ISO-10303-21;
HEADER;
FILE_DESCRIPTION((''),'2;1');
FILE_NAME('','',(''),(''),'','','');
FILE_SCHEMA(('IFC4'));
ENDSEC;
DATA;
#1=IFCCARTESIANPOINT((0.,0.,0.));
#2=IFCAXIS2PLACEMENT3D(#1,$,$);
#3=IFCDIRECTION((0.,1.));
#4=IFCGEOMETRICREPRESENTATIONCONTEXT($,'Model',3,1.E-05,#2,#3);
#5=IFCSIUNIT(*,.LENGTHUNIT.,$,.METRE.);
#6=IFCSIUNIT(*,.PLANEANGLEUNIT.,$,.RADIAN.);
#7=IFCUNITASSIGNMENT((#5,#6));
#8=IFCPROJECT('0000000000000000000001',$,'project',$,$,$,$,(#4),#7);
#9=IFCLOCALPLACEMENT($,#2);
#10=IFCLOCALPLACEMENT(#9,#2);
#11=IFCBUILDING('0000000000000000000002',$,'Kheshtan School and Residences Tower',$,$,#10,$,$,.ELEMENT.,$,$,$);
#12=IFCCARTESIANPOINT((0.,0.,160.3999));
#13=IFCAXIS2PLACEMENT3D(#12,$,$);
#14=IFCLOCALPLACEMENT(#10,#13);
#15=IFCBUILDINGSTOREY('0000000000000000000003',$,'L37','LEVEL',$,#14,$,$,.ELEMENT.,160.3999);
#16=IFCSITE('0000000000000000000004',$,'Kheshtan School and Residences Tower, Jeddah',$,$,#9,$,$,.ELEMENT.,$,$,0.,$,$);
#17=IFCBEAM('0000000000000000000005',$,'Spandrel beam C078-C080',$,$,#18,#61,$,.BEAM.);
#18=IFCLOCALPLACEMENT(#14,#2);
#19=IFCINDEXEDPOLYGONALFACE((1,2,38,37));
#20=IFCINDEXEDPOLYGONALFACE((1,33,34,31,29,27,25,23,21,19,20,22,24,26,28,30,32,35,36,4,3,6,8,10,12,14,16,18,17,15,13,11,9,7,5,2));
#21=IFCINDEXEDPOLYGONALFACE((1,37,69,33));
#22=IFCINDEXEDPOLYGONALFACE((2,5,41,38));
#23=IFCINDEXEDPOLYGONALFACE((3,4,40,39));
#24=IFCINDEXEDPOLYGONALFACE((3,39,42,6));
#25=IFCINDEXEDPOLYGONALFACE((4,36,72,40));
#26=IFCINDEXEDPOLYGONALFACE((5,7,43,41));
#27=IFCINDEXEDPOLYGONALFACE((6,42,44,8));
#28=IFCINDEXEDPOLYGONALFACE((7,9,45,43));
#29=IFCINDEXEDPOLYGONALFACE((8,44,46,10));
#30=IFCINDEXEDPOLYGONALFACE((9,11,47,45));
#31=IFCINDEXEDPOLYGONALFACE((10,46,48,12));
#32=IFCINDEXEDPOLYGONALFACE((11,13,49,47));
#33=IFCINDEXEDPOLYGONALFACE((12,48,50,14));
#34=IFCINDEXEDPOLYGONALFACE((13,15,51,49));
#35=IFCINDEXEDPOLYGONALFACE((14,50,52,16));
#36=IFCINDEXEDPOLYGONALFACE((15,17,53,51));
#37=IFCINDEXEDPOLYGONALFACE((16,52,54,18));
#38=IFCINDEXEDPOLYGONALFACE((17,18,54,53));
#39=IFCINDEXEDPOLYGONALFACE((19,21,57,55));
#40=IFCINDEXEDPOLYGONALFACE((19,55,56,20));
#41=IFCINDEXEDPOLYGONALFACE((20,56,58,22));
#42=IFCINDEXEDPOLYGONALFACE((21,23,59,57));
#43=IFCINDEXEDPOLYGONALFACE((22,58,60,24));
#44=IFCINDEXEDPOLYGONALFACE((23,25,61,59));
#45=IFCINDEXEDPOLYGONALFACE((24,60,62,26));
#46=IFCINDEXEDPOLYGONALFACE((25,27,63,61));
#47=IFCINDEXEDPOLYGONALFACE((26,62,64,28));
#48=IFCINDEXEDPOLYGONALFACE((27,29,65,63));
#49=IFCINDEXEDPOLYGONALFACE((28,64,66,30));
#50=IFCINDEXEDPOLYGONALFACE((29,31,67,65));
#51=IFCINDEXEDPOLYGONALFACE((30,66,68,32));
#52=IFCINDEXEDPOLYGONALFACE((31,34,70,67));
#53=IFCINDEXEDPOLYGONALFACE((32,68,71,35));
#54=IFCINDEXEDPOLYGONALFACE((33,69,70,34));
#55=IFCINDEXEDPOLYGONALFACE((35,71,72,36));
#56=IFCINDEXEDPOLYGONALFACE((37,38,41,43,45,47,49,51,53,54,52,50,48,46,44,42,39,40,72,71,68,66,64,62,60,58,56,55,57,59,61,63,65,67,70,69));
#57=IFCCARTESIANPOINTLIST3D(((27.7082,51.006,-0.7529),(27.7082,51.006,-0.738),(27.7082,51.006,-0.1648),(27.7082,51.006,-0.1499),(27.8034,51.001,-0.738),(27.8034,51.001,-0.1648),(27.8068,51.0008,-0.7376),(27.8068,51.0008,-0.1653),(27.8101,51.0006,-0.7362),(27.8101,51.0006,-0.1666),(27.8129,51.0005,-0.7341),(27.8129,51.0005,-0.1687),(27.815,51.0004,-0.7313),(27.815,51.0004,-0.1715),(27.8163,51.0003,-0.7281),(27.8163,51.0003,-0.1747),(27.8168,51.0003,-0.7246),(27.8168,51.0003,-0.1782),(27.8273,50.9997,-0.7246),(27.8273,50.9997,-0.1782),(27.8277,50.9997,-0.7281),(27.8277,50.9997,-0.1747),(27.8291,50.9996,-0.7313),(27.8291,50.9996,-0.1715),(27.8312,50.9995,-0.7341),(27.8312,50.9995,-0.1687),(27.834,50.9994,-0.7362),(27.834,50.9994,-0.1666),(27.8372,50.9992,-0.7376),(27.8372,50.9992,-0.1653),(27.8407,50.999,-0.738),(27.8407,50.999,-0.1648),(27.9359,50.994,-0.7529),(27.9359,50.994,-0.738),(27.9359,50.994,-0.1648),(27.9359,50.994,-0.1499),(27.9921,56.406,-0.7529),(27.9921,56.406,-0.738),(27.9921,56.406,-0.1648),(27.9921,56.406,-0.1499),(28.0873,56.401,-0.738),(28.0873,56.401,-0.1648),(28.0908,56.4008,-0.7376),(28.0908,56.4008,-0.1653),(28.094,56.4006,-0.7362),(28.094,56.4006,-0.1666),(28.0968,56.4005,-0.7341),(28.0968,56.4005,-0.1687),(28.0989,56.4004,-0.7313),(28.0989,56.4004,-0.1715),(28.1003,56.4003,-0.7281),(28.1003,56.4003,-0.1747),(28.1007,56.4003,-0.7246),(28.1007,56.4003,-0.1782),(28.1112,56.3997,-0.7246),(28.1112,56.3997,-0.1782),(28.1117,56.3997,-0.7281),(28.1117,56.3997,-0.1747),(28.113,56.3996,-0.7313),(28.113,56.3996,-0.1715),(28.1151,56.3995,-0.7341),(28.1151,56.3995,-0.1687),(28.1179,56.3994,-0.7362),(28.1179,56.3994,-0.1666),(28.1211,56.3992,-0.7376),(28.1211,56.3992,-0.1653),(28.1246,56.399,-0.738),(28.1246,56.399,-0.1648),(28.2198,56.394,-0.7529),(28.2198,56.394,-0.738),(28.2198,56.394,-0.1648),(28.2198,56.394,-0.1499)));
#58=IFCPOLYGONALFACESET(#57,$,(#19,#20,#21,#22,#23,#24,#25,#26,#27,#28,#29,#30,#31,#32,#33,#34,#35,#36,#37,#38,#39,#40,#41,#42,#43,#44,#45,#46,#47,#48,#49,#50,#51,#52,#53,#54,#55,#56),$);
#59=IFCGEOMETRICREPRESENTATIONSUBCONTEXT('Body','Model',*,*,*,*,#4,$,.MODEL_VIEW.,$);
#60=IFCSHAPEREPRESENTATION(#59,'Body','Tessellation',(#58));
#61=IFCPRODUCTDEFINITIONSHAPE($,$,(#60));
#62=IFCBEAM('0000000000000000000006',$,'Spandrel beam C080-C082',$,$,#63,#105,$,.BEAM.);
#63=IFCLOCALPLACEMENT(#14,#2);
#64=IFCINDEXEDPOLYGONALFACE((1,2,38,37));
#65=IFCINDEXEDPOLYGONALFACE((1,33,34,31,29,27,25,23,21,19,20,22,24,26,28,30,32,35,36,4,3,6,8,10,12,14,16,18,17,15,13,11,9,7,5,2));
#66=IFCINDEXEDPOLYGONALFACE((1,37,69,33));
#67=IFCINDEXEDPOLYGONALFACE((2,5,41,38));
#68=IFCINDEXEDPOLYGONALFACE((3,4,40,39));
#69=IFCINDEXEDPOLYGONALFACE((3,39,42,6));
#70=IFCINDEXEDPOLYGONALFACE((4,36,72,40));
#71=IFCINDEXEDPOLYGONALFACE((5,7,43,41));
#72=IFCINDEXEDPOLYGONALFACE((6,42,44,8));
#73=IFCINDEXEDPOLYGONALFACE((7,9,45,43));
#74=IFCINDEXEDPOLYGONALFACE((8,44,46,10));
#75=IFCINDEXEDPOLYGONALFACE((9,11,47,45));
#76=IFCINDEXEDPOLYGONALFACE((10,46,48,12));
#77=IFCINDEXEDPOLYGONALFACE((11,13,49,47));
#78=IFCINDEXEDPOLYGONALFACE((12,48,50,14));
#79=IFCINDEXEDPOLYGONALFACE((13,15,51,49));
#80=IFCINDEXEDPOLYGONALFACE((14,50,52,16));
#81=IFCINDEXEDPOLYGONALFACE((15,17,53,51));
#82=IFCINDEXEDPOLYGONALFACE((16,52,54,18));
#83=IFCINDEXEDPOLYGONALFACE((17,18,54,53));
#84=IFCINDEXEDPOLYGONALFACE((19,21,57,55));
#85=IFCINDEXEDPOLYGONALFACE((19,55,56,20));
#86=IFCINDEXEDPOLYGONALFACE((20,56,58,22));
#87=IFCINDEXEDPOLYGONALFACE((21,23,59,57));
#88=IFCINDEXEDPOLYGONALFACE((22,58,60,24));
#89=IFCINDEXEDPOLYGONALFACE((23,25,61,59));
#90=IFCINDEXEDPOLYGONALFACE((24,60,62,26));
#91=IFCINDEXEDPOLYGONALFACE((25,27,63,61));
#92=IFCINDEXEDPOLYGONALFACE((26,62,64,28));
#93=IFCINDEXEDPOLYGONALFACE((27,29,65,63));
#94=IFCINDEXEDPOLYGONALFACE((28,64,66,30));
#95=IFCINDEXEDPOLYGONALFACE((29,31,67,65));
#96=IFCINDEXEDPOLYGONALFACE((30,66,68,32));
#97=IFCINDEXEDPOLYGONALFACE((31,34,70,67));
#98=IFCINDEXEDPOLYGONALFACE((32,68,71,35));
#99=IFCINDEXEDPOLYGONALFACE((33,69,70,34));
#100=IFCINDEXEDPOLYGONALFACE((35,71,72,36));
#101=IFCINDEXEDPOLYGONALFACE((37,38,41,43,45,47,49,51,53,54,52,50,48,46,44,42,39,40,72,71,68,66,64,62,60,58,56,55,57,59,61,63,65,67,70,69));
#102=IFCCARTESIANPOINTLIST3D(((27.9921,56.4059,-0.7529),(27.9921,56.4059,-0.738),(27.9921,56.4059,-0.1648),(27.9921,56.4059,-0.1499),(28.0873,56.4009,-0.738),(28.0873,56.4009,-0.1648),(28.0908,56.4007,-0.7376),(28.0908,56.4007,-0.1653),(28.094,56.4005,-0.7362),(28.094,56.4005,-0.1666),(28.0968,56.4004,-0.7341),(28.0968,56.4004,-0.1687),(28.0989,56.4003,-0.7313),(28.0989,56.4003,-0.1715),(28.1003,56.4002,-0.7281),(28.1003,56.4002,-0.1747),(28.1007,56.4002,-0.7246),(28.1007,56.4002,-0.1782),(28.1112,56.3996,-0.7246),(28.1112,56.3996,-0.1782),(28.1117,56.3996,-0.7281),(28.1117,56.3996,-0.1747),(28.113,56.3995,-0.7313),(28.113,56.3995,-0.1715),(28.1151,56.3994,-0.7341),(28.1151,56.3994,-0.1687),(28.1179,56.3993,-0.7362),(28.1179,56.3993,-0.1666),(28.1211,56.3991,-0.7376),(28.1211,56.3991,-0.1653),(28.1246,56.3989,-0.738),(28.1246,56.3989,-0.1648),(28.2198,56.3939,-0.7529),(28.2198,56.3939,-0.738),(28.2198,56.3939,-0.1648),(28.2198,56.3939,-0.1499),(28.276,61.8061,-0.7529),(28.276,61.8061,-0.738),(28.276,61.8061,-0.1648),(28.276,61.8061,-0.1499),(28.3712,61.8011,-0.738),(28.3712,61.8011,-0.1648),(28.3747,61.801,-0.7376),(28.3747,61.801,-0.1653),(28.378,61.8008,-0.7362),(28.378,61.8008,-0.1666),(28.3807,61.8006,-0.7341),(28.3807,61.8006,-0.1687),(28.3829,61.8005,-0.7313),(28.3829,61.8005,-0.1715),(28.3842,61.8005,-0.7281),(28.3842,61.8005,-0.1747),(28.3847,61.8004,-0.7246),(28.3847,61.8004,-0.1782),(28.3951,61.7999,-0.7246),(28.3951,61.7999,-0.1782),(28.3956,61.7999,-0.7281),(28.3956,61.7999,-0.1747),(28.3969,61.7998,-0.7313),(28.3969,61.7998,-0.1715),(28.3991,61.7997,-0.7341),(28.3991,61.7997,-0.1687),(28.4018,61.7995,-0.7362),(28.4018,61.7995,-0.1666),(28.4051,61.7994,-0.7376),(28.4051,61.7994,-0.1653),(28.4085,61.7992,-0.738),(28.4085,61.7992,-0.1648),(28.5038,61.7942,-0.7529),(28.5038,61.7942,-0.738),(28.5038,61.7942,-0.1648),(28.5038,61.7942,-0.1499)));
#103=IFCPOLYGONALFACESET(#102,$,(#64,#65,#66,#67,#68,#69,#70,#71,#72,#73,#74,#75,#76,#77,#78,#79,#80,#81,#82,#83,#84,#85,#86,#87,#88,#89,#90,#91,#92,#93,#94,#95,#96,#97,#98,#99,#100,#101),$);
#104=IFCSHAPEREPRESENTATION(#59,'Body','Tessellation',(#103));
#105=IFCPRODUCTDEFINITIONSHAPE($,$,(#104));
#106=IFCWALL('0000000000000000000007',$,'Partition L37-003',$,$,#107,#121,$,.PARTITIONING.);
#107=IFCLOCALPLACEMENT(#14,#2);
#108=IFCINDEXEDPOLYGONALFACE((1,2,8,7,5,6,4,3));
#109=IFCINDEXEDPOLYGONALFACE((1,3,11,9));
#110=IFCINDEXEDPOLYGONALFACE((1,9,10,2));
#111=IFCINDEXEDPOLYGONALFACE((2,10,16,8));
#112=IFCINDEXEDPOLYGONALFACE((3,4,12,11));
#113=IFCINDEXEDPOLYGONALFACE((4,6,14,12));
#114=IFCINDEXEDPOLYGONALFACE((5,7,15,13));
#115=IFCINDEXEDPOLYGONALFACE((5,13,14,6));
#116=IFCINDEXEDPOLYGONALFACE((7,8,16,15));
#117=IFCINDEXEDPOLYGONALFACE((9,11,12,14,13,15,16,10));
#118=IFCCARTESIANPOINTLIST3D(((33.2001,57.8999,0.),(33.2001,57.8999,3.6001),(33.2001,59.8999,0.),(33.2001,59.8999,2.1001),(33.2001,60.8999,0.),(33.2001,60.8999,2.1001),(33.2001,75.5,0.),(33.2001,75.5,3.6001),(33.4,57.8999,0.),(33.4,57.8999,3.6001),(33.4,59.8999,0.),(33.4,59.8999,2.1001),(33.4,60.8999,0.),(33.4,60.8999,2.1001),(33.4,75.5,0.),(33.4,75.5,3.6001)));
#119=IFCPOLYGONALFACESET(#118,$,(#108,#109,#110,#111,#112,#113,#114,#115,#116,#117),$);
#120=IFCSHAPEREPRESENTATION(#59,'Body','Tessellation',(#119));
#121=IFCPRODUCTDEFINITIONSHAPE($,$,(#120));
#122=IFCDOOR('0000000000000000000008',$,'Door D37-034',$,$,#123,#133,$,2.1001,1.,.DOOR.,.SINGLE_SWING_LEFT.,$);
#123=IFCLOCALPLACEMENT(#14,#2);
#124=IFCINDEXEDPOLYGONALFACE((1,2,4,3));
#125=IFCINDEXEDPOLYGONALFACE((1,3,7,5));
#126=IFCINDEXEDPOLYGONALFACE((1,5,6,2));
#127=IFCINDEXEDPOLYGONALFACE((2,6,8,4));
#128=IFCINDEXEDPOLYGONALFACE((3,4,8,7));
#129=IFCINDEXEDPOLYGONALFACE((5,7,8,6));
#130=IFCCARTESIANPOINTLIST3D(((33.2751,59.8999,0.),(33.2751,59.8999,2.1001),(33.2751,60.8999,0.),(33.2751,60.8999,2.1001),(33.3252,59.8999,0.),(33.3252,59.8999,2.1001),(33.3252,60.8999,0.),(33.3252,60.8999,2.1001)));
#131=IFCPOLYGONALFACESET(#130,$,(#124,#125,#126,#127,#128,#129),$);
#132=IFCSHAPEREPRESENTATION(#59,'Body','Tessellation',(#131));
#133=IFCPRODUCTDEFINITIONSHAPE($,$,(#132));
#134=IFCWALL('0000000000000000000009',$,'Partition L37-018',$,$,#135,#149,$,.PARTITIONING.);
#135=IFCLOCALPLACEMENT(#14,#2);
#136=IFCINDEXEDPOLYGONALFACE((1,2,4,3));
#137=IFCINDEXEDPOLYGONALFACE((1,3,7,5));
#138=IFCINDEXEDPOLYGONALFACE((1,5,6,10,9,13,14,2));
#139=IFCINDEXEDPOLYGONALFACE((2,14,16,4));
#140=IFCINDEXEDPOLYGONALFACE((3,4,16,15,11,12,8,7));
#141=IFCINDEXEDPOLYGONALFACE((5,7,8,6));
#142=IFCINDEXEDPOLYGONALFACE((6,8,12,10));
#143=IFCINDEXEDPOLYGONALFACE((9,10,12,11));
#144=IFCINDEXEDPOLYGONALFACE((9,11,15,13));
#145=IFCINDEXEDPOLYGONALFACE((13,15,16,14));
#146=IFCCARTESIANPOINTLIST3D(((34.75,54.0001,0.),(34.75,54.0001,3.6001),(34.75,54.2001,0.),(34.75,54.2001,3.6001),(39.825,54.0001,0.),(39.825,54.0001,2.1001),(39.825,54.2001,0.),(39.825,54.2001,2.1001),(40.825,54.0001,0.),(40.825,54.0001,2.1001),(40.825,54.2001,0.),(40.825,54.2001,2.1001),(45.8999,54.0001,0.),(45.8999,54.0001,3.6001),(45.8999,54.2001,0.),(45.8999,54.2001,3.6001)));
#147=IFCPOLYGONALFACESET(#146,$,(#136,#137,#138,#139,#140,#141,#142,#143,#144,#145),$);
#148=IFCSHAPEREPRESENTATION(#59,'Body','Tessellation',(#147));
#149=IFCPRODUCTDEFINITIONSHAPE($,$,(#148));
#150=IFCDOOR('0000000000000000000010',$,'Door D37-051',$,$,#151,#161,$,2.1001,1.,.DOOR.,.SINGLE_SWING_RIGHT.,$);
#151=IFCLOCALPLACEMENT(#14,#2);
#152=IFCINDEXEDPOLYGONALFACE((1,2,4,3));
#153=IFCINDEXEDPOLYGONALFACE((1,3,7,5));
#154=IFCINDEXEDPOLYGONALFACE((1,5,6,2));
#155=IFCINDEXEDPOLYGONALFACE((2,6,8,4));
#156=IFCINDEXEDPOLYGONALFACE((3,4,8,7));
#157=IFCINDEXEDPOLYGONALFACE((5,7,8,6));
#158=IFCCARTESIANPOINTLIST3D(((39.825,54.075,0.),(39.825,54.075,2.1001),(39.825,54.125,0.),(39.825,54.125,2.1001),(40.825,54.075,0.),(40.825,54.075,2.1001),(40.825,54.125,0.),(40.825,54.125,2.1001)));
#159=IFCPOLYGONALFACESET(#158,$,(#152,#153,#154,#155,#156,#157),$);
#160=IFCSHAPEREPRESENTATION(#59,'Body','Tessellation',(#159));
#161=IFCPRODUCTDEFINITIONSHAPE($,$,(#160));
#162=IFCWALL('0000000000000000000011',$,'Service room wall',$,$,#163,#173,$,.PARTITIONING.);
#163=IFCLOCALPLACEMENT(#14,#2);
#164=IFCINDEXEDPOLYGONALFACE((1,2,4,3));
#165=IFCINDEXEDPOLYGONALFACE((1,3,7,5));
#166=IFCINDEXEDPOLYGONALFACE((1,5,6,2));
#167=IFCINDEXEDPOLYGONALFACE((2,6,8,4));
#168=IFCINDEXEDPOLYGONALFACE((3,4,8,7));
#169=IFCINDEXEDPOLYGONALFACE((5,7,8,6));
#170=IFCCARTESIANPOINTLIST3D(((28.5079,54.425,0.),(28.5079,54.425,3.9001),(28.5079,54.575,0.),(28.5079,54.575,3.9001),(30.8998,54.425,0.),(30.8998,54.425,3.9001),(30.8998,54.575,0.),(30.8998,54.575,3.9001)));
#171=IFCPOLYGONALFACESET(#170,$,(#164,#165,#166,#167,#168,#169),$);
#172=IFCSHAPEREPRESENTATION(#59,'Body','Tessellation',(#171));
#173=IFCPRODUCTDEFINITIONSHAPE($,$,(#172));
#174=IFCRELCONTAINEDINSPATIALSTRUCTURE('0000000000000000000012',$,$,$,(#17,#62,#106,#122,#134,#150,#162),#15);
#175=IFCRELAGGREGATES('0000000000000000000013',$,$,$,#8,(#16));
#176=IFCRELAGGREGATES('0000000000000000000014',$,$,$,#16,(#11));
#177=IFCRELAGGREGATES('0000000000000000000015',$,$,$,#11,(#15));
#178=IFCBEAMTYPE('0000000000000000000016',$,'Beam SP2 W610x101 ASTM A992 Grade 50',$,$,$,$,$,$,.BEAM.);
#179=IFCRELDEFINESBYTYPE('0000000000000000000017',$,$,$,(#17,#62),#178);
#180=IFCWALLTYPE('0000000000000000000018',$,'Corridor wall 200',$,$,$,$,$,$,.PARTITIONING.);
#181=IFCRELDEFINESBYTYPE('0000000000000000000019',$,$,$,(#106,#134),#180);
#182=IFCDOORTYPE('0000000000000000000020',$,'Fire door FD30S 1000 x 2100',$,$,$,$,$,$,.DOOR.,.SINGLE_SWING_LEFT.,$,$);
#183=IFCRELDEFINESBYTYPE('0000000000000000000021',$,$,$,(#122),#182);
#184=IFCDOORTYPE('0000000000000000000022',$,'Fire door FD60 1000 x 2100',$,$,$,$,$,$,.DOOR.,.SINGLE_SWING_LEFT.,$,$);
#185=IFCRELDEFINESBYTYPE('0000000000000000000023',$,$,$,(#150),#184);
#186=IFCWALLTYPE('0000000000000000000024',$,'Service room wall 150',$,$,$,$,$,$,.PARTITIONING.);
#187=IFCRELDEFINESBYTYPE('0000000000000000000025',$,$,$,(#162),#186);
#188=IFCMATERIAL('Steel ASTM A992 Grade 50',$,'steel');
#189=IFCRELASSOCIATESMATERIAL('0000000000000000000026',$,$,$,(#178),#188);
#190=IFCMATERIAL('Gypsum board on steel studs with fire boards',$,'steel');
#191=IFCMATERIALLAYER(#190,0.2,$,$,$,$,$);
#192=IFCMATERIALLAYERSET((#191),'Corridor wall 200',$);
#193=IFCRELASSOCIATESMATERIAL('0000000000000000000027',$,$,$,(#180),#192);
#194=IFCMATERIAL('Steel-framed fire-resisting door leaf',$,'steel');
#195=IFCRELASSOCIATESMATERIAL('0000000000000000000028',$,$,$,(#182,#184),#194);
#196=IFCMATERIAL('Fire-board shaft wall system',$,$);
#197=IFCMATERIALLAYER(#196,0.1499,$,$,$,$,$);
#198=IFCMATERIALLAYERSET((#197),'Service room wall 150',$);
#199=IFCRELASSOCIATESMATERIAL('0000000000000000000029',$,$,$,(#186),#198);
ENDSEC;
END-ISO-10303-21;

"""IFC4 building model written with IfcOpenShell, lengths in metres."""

from ifc_helpers import new_model, si_unit, direction, frame, frame_2d, origin, origin_2d, place, context, subcontext, project, spatial, rectangle, i_section, extrude, source, transform, mapped, material, layer, layer_set, material_profile, profile_set, type_object, element, fill, save


model = new_model("IFC4")

# Units and contexts
model_context = context("Model", 3, precision=1e-05, world=origin(), true_north=direction((0.0, 1.0)))
body_context = subcontext(model_context, "Body", "Model", "MODEL_VIEW")
ifc_project = project(units=[si_unit("LENGTHUNIT", "METRE"), si_unit("PLANEANGLEUNIT", "RADIAN")], contexts=[model_context])

# Site, building, storey
site_placement = place(None, origin())
site = spatial("IfcSite", under=ifc_project, at=site_placement, Name="Kheshtan School and Residences Tower, Jeddah", CompositionType="ELEMENT", RefElevation=0.0)
building_placement = place(site_placement, origin())
building = spatial("IfcBuilding", under=site, at=building_placement, Name="Kheshtan School and Residences Tower", CompositionType="ELEMENT")
storey_placement = place(building_placement, frame((0.0, 0.0, 160.3999)))
storey = spatial("IfcBuildingStorey", under=building, at=storey_placement, Name="L37", Description="LEVEL", CompositionType="ELEMENT", Elevation=160.3999)

# Shared definitions
ifc_material_1 = material(Name="Steel ASTM A992 Grade 50", Category="steel")

# Beams
ifc_material_profile_1 = material_profile(ifc_material_1, i_section(OverallWidth=0.228, OverallDepth=0.603, WebThickness=0.0105, FlangeThickness=0.0149, FilletRadius=0.0134, at=origin_2d()), Name="W610x101")
ifc_profile_set_1 = profile_set([ifc_material_profile_1], Name="Steel ASTM A992 Grade 50")
beam_type = type_object("IfcBeamType", Name="Beam SP2 W610x101 ASTM A992 Grade 50", PredefinedType="BEAM", material=ifc_profile_set_1)
for number, where, z_axis, x_axis, name in (
    (1, (27.822, 51.0, -0.4514), (0.052509, 0.99862, 0.0), (-0.99862, 0.052509, 0.0), "Spandrel beam C078-C080"),
):
    element("IfcBeam", number, at=place(storey_placement, frame(where, z_axis=z_axis, x_axis=x_axis)), inside=storey, type_object=beam_type, Name=name, PredefinedType="BEAM", context=body_context, shape_type="SweptSolid", body=[
        extrude(i_section(OverallWidth=0.228, OverallDepth=0.603, WebThickness=0.0105, FlangeThickness=0.0149, FilletRadius=0.0134, at=origin_2d()), origin(), (0.0, 0.0, 1.0), 5.4075),
    ])
beam_placement = place(storey_placement, frame((28.106, 56.3999, -0.4514), z_axis=(0.052507, 0.998621, 0.0), x_axis=(-0.998621, 0.052507, 0.0)))
element("IfcBeam", 2, at=beam_placement, inside=storey, type_object=beam_type, Name="Spandrel beam C080-C082", PredefinedType="BEAM", context=body_context, shape_type="SweptSolid", body=[
    extrude(i_section(OverallWidth=0.228, OverallDepth=0.603, WebThickness=0.0105, FlangeThickness=0.0149, FilletRadius=0.0134, at=origin_2d()), origin(), (0.0, 0.0, 1.0), 5.4077),
])

# Walls, openings, doors
ifc_material_2 = material(Name="Gypsum board on steel studs with fire boards", Category="steel")
ifc_layer_1 = layer(ifc_material_2, 0.2)
ifc_layer_set_1 = layer_set([ifc_layer_1], Name="Corridor wall 200")
wall_type_1 = type_object("IfcWallType", Name="Corridor wall 200", PredefinedType="PARTITIONING", material=ifc_layer_set_1)
wall_1_placement = place(storey_placement, frame((33.3, 57.8999, 0.0), z_axis=(0.0, 0.0, 1.0), x_axis=(0.0, 1.0, 0.0)))
wall_1 = element("IfcWall", 3, at=wall_1_placement, inside=storey, type_object=wall_type_1, Name="Partition L37-003", PredefinedType="PARTITIONING", context=body_context, shape_type="SweptSolid", body=[
    extrude(rectangle(XDim=17.6001, YDim=0.2, at=frame_2d((8.8, 0.0))), origin(), (0.0, 0.0, 1.0), 3.6001),
])
opening_1_placement = place(wall_1_placement, frame((2.0, 0.0, 0.0)))
opening_1 = element("IfcOpeningElement", 4, at=opening_1_placement, cuts=wall_1, PredefinedType="OPENING", context=body_context, shape_type="SweptSolid", body=[
    extrude(rectangle(XDim=1.0, YDim=2.1001, at=frame_2d((0.5, 1.05))), frame((0.0, 0.1099, 0.0), z_axis=(0.0, -1.0, 0.0), x_axis=(1.0, 0.0, 0.0)), (0.0, 0.0, 1.0), 0.22),
])
ifc_material_3 = material(Name="Steel-framed fire-resisting door leaf", Category="steel")
door_type_1 = type_object("IfcDoorType", Name="Fire door FD30S 1000 x 2100", OperationType="SINGLE_SWING_LEFT", PredefinedType="DOOR", material=ifc_material_3)
shared_shape_1 = source(origin(), body_context, "Body", "SweptSolid", [
    extrude(rectangle(XDim=1.0, YDim=2.1001, at=frame_2d((0.5, 1.05))), frame((0.0, 0.0249, 0.0), z_axis=(0.0, -1.0, 0.0), x_axis=(1.0, 0.0, 0.0)), (0.0, 0.0, 1.0), 0.05),
])
door_1_placement = place(opening_1_placement, origin())
door_1 = element("IfcDoor", 5, at=door_1_placement, inside=storey, type_object=door_type_1, Name="Door D37-034", OperationType="SINGLE_SWING_LEFT", OverallHeight=2.1001, OverallWidth=1.0, PredefinedType="DOOR", context=body_context, shape_type="MappedRepresentation", body=[
    mapped(shared_shape_1, transform((0.0, 0.0, 0.0), x_axis=(1.0, 0.0, 0.0), y_axis=(0.0, 1.0, 0.0), z_axis=(0.0, 0.0, 1.0), scale=1.0)),
])
fill(opening_1, door_1)
wall_2_placement = place(storey_placement, frame((34.75, 54.1001, 0.0), z_axis=(0.0, 0.0, 1.0), x_axis=(1.0, 0.0, 0.0)))
wall_2 = element("IfcWall", 6, at=wall_2_placement, inside=storey, type_object=wall_type_1, Name="Partition L37-018", PredefinedType="PARTITIONING", context=body_context, shape_type="SweptSolid", body=[
    extrude(rectangle(XDim=11.1499, YDim=0.2, at=frame_2d((5.575, 0.0))), origin(), (0.0, 0.0, 1.0), 3.6001),
])
opening_2_placement = place(wall_2_placement, frame((5.075, 0.0, 0.0)))
opening_2 = element("IfcOpeningElement", 7, at=opening_2_placement, cuts=wall_2, PredefinedType="OPENING", context=body_context, shape_type="SweptSolid", body=[
    extrude(rectangle(XDim=1.0, YDim=2.1001, at=frame_2d((0.5, 1.05))), frame((0.0, 0.1099, 0.0), z_axis=(0.0, -1.0, 0.0), x_axis=(1.0, 0.0, 0.0)), (0.0, 0.0, 1.0), 0.22),
])
door_type_2 = type_object("IfcDoorType", Name="Fire door FD60 1000 x 2100", OperationType="SINGLE_SWING_LEFT", PredefinedType="DOOR", material=ifc_material_3)
shared_shape_2 = source(origin(), body_context, "Body", "SweptSolid", [
    extrude(rectangle(XDim=1.0, YDim=2.1001, at=frame_2d((0.5, 1.05))), frame((0.0, 0.0249, 0.0), z_axis=(0.0, -1.0, 0.0), x_axis=(1.0, 0.0, 0.0)), (0.0, 0.0, 1.0), 0.05),
])
door_2_placement = place(opening_2_placement, origin())
door_2 = element("IfcDoor", 8, at=door_2_placement, inside=storey, type_object=door_type_2, Name="Door D37-051", OperationType="SINGLE_SWING_RIGHT", OverallHeight=2.1001, OverallWidth=1.0, PredefinedType="DOOR", context=body_context, shape_type="MappedRepresentation", body=[
    mapped(shared_shape_2, transform((0.0, 0.0, 0.0), x_axis=(1.0, 0.0, 0.0), y_axis=(0.0, 1.0, 0.0), z_axis=(0.0, 0.0, 1.0), scale=1.0)),
])
fill(opening_2, door_2)

# Wall
ifc_material_4 = material(Name="Fire-board shaft wall system")
ifc_layer_2 = layer(ifc_material_4, 0.1499)
ifc_layer_set_2 = layer_set([ifc_layer_2], Name="Service room wall 150")
wall_type_2 = type_object("IfcWallType", Name="Service room wall 150", PredefinedType="PARTITIONING", material=ifc_layer_set_2)
wall_3_placement = place(storey_placement, frame((28.5081, 54.5, 0.0), z_axis=(0.0, 0.0, 1.0), x_axis=(1.0, 0.0, 0.0)))
element("IfcWall", 9, at=wall_3_placement, inside=storey, type_object=wall_type_2, Name="Service room wall", PredefinedType="PARTITIONING", context=body_context, shape_type="SweptSolid", body=[
    extrude(rectangle(XDim=2.3918, YDim=0.1499, at=frame_2d((1.1958, 0.0))), origin(), (0.0, 0.0, 1.0), 3.9001),
])

save(model, "model.ifc")
